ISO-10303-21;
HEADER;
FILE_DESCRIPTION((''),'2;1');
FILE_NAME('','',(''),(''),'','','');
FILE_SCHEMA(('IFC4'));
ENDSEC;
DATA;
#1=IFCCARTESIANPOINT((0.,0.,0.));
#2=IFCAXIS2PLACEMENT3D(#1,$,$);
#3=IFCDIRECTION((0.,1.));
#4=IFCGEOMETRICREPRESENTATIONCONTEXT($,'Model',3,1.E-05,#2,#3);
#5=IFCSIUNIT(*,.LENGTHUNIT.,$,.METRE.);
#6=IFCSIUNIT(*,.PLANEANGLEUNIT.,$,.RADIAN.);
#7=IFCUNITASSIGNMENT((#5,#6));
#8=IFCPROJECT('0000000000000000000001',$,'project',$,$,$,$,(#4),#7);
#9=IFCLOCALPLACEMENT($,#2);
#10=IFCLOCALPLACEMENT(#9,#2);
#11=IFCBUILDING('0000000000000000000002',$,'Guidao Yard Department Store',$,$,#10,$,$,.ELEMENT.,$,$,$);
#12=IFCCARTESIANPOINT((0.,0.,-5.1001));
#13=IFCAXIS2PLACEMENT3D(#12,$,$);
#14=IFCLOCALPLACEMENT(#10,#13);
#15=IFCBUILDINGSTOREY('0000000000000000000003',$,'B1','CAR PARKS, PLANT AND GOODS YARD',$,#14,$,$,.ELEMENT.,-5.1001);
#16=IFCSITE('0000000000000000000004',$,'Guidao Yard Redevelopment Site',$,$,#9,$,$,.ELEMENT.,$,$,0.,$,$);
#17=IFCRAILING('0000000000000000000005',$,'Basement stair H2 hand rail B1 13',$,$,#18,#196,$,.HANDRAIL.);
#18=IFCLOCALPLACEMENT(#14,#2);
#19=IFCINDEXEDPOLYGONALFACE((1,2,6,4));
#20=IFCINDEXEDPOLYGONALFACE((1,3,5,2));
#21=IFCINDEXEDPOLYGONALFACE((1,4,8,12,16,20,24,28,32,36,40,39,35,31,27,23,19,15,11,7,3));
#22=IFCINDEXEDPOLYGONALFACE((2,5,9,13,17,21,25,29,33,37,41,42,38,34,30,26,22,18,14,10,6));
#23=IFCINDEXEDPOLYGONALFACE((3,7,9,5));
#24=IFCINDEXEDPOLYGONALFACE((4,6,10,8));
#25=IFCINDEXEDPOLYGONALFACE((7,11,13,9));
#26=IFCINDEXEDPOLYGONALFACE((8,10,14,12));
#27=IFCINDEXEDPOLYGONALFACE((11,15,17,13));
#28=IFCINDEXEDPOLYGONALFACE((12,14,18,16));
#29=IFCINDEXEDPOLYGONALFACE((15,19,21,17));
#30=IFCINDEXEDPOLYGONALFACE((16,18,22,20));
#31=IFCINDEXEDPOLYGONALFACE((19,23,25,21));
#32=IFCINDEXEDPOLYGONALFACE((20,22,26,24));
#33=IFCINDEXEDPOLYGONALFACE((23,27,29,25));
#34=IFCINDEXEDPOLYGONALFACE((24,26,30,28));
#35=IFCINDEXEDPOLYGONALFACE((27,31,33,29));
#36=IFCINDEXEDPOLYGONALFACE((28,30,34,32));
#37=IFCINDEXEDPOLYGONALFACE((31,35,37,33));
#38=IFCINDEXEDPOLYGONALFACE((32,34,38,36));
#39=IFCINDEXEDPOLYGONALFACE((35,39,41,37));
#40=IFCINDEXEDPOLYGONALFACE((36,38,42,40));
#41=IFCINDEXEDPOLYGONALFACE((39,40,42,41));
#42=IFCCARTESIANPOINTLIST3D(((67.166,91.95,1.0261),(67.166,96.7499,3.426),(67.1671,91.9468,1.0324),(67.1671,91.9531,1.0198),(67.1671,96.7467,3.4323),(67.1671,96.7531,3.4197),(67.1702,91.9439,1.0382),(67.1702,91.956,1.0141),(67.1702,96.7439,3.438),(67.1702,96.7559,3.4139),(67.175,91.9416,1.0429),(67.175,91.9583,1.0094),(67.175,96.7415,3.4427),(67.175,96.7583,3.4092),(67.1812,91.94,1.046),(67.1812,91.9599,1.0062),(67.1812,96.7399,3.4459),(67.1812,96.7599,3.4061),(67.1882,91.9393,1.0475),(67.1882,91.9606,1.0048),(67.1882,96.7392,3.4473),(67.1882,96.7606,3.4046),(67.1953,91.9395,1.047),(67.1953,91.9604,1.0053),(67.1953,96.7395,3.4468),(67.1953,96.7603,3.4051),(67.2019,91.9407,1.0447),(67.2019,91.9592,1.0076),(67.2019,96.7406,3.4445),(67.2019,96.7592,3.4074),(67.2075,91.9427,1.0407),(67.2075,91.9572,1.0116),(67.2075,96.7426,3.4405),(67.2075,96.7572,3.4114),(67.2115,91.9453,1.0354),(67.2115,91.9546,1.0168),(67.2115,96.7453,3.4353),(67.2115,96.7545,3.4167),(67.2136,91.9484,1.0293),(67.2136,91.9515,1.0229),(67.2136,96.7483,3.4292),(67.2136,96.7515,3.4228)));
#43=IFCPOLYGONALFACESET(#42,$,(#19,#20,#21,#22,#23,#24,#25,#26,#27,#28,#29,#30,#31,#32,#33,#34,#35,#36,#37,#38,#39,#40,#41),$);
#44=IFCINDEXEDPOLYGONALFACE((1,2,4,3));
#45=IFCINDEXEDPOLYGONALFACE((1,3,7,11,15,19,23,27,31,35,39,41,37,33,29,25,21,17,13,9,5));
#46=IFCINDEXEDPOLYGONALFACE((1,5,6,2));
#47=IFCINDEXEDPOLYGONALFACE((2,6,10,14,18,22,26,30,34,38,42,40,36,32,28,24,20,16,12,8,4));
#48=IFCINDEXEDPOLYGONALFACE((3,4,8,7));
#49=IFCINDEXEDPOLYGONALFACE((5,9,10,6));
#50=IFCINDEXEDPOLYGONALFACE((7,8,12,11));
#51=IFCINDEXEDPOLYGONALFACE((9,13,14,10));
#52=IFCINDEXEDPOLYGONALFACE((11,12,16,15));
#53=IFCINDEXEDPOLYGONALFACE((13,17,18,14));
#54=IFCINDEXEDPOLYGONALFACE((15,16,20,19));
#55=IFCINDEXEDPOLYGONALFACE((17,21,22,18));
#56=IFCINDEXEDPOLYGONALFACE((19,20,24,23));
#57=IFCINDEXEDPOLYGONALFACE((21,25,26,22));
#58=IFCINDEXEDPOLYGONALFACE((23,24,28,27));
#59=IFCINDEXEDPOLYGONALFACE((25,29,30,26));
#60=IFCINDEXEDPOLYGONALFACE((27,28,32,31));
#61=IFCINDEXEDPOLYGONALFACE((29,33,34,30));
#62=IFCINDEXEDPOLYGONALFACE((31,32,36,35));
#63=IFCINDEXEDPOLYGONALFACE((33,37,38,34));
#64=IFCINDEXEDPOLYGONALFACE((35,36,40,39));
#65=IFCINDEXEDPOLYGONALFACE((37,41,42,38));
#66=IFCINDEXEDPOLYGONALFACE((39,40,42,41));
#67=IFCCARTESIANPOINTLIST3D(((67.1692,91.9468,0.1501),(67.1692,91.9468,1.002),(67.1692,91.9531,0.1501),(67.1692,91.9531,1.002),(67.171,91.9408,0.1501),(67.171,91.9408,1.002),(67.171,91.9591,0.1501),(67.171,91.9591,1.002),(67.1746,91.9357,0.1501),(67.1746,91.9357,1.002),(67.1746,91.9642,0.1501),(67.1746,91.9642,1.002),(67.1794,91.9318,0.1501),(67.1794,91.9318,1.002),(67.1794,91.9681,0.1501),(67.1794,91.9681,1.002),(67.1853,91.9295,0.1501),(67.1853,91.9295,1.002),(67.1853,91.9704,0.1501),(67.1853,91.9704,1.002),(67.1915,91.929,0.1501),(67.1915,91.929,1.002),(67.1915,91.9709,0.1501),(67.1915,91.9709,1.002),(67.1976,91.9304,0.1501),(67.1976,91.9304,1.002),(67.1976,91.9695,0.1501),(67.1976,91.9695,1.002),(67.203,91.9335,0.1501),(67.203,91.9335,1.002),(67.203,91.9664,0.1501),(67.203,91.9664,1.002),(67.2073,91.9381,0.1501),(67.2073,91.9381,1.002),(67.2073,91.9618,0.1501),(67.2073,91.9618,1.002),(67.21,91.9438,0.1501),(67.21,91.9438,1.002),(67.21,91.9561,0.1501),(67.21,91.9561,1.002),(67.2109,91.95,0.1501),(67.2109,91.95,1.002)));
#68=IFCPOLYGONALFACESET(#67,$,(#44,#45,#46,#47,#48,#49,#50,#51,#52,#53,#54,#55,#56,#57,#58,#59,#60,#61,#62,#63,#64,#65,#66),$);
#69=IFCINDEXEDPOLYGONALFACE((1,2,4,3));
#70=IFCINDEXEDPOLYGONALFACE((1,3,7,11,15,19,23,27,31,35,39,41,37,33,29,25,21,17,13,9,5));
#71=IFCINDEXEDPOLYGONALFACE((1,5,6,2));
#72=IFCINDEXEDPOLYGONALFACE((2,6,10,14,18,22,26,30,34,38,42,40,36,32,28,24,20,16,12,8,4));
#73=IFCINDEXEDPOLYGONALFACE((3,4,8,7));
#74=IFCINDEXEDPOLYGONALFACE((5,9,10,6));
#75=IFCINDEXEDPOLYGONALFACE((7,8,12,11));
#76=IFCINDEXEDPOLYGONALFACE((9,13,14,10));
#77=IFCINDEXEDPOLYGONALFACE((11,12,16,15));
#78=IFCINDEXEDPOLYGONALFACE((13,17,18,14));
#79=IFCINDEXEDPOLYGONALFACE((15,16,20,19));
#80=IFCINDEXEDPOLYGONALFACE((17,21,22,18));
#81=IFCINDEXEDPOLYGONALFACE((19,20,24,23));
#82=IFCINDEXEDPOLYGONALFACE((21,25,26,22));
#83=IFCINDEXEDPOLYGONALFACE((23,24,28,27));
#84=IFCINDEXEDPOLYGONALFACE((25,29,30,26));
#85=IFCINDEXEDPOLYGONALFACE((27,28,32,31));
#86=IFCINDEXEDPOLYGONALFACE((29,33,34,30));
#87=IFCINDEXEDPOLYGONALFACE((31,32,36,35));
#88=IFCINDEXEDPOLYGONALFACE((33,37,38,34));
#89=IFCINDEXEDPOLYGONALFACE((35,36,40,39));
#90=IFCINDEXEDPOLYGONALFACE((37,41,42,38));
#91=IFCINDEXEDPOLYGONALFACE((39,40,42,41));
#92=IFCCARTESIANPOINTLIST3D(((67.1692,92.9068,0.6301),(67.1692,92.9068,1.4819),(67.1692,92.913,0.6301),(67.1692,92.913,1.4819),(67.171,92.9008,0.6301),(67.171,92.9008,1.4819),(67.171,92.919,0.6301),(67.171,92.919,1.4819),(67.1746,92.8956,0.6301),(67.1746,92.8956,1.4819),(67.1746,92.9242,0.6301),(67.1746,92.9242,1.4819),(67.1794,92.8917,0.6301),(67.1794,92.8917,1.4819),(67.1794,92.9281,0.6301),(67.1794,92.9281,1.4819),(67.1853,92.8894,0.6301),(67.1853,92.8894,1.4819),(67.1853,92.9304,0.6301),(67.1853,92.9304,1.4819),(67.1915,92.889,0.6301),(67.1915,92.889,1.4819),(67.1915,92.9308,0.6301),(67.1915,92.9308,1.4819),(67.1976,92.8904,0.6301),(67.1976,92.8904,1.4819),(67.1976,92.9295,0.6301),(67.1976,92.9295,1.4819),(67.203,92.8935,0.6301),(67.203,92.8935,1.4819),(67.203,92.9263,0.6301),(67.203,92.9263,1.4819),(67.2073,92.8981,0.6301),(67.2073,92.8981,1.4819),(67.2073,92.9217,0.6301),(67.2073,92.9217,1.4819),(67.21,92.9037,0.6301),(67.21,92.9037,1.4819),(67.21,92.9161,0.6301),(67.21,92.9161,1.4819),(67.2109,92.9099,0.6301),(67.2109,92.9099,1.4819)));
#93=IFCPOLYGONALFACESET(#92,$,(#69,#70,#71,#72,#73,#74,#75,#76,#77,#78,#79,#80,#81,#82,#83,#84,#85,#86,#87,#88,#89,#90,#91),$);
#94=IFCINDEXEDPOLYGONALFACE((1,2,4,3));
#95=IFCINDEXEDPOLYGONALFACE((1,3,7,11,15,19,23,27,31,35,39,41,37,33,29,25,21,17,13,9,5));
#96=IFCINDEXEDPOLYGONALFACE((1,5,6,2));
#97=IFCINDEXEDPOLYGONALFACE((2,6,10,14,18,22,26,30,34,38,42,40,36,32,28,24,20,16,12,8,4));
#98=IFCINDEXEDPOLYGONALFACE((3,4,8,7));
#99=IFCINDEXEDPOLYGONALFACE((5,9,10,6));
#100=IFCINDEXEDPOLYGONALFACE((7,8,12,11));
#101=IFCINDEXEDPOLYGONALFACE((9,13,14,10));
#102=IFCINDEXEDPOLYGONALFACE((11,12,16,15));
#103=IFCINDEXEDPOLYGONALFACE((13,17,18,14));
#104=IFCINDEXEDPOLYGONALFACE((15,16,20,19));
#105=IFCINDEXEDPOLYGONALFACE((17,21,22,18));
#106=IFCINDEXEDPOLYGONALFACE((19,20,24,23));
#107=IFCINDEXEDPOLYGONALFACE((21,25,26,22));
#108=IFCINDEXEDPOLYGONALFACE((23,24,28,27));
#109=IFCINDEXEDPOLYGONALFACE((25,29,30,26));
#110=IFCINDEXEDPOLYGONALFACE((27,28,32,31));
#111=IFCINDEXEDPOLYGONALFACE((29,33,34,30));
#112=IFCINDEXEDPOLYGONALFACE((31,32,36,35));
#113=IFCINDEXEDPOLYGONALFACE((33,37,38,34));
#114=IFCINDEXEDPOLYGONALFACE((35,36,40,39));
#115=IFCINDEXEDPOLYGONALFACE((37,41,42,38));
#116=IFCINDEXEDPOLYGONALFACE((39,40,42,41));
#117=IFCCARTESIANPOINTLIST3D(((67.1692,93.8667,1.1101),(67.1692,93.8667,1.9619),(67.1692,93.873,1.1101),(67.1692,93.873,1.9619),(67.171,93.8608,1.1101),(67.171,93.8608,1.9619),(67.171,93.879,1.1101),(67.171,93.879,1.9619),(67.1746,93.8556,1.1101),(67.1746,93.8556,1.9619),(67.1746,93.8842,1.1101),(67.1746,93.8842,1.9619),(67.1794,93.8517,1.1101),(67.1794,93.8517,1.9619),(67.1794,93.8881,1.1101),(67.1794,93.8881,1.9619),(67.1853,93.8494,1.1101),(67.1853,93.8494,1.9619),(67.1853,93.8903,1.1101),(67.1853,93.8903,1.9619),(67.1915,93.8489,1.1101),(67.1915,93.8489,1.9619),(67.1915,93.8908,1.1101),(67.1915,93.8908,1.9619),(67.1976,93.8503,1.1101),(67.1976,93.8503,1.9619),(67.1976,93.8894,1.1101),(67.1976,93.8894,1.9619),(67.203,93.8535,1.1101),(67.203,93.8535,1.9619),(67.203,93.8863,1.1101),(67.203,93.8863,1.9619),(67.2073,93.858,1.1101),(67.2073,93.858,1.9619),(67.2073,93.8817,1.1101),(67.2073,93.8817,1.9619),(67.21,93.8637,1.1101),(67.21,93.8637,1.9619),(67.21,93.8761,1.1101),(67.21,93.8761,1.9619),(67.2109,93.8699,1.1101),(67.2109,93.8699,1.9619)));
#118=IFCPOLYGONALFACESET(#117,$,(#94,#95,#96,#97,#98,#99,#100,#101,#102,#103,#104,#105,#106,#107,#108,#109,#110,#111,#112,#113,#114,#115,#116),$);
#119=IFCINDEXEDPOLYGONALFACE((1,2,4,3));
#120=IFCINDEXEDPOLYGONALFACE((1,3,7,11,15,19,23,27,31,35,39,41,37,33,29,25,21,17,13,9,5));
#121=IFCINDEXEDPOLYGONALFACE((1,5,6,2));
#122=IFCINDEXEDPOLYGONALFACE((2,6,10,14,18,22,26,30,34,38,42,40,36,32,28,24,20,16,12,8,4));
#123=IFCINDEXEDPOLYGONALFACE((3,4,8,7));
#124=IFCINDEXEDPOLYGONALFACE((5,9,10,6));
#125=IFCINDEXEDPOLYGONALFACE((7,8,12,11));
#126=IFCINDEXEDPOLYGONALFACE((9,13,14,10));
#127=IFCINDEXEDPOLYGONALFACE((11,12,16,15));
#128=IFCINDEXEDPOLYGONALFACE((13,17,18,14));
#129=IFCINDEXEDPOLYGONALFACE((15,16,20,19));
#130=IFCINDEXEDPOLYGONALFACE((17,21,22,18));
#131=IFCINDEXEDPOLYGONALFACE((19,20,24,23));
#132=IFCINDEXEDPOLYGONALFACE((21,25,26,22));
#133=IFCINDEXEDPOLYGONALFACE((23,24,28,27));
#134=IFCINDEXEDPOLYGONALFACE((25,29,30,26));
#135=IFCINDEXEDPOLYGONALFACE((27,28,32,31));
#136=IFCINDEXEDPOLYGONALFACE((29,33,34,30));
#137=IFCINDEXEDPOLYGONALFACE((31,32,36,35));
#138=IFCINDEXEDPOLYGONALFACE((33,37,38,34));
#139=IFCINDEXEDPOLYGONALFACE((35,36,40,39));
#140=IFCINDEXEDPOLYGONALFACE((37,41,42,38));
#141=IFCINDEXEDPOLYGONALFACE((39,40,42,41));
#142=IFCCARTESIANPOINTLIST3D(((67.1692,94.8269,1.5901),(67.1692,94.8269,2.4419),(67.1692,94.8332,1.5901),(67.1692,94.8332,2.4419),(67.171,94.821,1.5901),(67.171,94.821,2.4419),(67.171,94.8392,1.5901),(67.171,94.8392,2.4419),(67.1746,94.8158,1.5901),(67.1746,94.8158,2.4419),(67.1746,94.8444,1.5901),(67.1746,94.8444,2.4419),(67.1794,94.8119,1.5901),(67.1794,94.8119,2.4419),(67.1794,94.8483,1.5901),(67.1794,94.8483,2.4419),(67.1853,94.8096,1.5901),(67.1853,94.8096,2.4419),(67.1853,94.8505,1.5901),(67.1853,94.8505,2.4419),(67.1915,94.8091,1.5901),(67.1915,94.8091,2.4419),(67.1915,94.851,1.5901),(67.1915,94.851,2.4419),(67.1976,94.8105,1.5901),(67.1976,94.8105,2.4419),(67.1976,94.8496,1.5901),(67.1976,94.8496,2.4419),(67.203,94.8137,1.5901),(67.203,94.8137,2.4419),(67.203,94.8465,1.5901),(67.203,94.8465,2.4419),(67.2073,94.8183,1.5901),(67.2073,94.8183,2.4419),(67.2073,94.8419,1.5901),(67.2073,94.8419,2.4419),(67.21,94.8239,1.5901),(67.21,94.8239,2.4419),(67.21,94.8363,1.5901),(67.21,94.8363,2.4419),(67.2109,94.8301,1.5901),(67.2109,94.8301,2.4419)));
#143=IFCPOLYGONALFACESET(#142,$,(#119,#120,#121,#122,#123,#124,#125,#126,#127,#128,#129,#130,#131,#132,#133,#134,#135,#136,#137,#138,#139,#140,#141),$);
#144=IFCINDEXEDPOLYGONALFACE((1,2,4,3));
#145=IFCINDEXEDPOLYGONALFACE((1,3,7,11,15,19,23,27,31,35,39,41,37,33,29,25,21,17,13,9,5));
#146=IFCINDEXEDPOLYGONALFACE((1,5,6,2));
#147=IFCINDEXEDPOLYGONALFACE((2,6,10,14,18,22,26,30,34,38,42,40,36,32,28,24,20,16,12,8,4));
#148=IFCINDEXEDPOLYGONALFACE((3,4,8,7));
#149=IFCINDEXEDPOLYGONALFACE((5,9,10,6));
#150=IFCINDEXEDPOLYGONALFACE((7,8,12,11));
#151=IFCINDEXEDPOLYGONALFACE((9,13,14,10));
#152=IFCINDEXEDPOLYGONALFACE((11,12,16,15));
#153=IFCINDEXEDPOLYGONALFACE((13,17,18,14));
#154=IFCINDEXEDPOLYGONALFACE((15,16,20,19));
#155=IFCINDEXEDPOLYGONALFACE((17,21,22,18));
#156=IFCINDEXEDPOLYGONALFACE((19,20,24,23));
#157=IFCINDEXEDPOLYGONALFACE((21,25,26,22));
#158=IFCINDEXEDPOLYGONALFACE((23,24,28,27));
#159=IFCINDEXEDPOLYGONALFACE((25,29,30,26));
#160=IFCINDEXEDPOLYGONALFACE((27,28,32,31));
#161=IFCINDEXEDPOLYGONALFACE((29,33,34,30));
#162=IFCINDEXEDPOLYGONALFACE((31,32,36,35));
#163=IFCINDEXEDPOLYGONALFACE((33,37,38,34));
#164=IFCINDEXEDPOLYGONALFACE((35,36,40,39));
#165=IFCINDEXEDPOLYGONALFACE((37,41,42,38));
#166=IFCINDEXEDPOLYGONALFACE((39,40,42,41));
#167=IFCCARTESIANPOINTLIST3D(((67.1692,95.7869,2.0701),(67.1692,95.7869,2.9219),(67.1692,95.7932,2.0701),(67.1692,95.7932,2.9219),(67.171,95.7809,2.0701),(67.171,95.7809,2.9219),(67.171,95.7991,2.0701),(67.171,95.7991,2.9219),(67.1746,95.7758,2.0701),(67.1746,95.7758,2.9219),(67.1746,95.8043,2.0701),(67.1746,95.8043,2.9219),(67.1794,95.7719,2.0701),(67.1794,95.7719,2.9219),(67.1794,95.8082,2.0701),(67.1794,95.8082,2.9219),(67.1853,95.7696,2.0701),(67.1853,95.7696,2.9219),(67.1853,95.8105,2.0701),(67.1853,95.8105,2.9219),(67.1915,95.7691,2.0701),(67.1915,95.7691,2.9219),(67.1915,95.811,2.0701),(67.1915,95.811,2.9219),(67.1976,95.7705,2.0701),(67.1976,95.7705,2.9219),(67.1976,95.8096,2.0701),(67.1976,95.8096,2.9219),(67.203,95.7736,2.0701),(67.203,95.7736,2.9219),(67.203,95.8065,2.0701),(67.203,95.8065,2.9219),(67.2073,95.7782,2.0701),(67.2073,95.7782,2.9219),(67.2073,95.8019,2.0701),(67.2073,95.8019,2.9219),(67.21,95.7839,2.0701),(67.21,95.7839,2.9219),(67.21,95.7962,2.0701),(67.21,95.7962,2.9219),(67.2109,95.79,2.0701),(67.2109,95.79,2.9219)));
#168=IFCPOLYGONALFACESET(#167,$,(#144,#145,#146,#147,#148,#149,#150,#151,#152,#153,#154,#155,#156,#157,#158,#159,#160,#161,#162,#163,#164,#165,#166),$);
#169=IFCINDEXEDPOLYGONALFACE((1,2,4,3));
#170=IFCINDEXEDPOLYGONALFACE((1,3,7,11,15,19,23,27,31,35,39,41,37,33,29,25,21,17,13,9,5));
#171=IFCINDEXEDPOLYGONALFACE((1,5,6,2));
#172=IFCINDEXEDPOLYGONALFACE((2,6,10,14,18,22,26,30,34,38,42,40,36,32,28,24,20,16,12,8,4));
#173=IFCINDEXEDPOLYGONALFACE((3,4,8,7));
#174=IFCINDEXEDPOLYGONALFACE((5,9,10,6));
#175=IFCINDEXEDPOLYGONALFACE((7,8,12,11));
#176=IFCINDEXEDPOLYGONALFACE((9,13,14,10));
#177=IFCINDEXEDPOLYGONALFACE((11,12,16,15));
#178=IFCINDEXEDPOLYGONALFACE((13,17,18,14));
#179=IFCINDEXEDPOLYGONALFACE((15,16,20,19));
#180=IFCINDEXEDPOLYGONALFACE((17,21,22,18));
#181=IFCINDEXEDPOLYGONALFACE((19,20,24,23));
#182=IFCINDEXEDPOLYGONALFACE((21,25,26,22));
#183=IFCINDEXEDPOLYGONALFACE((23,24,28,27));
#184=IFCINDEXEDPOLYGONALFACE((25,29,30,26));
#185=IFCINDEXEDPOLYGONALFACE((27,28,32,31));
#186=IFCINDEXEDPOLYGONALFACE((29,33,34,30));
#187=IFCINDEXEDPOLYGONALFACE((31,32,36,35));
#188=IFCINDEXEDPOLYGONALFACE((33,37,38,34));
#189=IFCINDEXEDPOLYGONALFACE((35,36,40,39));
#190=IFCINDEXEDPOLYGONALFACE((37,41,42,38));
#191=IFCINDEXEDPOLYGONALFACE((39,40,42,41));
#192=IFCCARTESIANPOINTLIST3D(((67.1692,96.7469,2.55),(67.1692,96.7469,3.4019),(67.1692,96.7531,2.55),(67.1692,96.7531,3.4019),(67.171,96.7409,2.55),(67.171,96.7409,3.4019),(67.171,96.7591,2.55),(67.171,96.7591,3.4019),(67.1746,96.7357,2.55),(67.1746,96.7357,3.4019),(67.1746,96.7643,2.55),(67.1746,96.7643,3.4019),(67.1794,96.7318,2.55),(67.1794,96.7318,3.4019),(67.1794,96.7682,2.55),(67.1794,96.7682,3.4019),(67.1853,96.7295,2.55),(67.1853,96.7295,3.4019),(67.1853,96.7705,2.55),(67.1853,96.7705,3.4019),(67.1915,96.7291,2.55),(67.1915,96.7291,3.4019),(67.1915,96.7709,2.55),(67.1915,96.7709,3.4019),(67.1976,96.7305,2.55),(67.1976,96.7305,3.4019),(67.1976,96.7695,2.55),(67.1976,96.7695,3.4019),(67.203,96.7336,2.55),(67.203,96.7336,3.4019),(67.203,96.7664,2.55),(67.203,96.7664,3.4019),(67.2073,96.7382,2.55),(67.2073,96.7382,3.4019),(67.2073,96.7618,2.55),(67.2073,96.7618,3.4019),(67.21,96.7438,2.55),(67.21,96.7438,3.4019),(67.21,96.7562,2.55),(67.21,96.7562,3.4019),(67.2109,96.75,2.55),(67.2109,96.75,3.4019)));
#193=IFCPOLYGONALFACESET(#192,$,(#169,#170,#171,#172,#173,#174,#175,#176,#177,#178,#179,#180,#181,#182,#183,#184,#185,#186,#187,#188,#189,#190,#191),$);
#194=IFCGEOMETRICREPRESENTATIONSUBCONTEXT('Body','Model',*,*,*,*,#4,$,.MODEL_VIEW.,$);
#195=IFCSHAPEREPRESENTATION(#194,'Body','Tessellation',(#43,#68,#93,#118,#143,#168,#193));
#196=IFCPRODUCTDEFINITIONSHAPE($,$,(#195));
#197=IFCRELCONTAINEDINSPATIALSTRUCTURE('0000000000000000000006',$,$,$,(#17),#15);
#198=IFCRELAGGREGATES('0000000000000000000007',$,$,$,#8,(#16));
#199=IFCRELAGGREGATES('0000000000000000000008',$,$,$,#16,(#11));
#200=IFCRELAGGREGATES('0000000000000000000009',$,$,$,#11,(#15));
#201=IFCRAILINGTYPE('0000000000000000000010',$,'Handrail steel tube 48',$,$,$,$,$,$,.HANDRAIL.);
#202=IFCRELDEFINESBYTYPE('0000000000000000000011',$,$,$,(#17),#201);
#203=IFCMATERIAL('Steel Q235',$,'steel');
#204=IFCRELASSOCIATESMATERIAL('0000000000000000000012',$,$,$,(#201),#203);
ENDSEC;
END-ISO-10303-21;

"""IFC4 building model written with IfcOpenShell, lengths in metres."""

from ifc_helpers import new_model, si_unit, direction, frame, origin, origin_2d, place, context, subcontext, project, spatial, circle, extrude, material, type_object, element, save


model = new_model("IFC4")

# Units and contexts
model_context = context("Model", 3, precision=1e-05, world=origin(), true_north=direction((0.0, 1.0)))
body_context = subcontext(model_context, "Body", "Model", "MODEL_VIEW")
ifc_project = project(units=[si_unit("LENGTHUNIT", "METRE"), si_unit("PLANEANGLEUNIT", "RADIAN")], contexts=[model_context])

# Site, building, storey
site_placement = place(None, origin())
site = spatial("IfcSite", under=ifc_project, at=site_placement, Name="Guidao Yard Redevelopment Site", CompositionType="ELEMENT", RefElevation=0.0)
building_placement = place(site_placement, origin())
building = spatial("IfcBuilding", under=site, at=building_placement, Name="Guidao Yard Department Store", CompositionType="ELEMENT")
storey_placement = place(building_placement, frame((0.0, 0.0, -5.1001)))
storey = spatial("IfcBuildingStorey", under=building, at=storey_placement, Name="B1", Description="CAR PARKS, PLANT AND GOODS YARD", CompositionType="ELEMENT", Elevation=-5.1001)

# Railing
ifc_material_1 = material(Name="Steel Q235", Category="steel")
railing_type_1 = type_object("IfcRailingType", Name="Handrail steel tube 48", PredefinedType="HANDRAIL", material=ifc_material_1)
for number, where, name in (
    (1, (67.1899, 91.95, 0.1501), "Basement stair H2 hand rail B1 13"),
):
    element("IfcRailing", number, at=place(storey_placement, frame(where)), inside=storey, type_object=railing_type_1, Name=name, PredefinedType="HANDRAIL", context=body_context, shape_type="SweptSolid", body=[
        extrude(circle(Radius=0.0239, at=origin_2d()), frame((0.0, 0.0, 0.876), z_axis=(0.0, 0.894436, 0.447195), x_axis=(-1.0, 0.0, 0.0)), (0.0, 0.0, 1.0), 5.3665),
        extrude(circle(Radius=0.021, at=origin_2d()), origin(), (0.0, 0.0, 1.0), 0.8518),
        extrude(circle(Radius=0.021, at=origin_2d()), frame((0.0, 0.96, 0.48)), (0.0, 0.0, 1.0), 0.8518),
        extrude(circle(Radius=0.021, at=origin_2d()), frame((0.0, 1.9199, 0.96)), (0.0, 0.0, 1.0), 0.8518),
        extrude(circle(Radius=0.021, at=origin_2d()), frame((0.0, 2.8801, 1.4399)), (0.0, 0.0, 1.0), 0.8518),
        extrude(circle(Radius=0.021, at=origin_2d()), frame((0.0, 3.8401, 1.9199)), (0.0, 0.0, 1.0), 0.8518),
        extrude(circle(Radius=0.021, at=origin_2d()), frame((0.0, 4.8, 2.3999)), (0.0, 0.0, 1.0), 0.8518),
    ])

save(model, "model.ifc")
